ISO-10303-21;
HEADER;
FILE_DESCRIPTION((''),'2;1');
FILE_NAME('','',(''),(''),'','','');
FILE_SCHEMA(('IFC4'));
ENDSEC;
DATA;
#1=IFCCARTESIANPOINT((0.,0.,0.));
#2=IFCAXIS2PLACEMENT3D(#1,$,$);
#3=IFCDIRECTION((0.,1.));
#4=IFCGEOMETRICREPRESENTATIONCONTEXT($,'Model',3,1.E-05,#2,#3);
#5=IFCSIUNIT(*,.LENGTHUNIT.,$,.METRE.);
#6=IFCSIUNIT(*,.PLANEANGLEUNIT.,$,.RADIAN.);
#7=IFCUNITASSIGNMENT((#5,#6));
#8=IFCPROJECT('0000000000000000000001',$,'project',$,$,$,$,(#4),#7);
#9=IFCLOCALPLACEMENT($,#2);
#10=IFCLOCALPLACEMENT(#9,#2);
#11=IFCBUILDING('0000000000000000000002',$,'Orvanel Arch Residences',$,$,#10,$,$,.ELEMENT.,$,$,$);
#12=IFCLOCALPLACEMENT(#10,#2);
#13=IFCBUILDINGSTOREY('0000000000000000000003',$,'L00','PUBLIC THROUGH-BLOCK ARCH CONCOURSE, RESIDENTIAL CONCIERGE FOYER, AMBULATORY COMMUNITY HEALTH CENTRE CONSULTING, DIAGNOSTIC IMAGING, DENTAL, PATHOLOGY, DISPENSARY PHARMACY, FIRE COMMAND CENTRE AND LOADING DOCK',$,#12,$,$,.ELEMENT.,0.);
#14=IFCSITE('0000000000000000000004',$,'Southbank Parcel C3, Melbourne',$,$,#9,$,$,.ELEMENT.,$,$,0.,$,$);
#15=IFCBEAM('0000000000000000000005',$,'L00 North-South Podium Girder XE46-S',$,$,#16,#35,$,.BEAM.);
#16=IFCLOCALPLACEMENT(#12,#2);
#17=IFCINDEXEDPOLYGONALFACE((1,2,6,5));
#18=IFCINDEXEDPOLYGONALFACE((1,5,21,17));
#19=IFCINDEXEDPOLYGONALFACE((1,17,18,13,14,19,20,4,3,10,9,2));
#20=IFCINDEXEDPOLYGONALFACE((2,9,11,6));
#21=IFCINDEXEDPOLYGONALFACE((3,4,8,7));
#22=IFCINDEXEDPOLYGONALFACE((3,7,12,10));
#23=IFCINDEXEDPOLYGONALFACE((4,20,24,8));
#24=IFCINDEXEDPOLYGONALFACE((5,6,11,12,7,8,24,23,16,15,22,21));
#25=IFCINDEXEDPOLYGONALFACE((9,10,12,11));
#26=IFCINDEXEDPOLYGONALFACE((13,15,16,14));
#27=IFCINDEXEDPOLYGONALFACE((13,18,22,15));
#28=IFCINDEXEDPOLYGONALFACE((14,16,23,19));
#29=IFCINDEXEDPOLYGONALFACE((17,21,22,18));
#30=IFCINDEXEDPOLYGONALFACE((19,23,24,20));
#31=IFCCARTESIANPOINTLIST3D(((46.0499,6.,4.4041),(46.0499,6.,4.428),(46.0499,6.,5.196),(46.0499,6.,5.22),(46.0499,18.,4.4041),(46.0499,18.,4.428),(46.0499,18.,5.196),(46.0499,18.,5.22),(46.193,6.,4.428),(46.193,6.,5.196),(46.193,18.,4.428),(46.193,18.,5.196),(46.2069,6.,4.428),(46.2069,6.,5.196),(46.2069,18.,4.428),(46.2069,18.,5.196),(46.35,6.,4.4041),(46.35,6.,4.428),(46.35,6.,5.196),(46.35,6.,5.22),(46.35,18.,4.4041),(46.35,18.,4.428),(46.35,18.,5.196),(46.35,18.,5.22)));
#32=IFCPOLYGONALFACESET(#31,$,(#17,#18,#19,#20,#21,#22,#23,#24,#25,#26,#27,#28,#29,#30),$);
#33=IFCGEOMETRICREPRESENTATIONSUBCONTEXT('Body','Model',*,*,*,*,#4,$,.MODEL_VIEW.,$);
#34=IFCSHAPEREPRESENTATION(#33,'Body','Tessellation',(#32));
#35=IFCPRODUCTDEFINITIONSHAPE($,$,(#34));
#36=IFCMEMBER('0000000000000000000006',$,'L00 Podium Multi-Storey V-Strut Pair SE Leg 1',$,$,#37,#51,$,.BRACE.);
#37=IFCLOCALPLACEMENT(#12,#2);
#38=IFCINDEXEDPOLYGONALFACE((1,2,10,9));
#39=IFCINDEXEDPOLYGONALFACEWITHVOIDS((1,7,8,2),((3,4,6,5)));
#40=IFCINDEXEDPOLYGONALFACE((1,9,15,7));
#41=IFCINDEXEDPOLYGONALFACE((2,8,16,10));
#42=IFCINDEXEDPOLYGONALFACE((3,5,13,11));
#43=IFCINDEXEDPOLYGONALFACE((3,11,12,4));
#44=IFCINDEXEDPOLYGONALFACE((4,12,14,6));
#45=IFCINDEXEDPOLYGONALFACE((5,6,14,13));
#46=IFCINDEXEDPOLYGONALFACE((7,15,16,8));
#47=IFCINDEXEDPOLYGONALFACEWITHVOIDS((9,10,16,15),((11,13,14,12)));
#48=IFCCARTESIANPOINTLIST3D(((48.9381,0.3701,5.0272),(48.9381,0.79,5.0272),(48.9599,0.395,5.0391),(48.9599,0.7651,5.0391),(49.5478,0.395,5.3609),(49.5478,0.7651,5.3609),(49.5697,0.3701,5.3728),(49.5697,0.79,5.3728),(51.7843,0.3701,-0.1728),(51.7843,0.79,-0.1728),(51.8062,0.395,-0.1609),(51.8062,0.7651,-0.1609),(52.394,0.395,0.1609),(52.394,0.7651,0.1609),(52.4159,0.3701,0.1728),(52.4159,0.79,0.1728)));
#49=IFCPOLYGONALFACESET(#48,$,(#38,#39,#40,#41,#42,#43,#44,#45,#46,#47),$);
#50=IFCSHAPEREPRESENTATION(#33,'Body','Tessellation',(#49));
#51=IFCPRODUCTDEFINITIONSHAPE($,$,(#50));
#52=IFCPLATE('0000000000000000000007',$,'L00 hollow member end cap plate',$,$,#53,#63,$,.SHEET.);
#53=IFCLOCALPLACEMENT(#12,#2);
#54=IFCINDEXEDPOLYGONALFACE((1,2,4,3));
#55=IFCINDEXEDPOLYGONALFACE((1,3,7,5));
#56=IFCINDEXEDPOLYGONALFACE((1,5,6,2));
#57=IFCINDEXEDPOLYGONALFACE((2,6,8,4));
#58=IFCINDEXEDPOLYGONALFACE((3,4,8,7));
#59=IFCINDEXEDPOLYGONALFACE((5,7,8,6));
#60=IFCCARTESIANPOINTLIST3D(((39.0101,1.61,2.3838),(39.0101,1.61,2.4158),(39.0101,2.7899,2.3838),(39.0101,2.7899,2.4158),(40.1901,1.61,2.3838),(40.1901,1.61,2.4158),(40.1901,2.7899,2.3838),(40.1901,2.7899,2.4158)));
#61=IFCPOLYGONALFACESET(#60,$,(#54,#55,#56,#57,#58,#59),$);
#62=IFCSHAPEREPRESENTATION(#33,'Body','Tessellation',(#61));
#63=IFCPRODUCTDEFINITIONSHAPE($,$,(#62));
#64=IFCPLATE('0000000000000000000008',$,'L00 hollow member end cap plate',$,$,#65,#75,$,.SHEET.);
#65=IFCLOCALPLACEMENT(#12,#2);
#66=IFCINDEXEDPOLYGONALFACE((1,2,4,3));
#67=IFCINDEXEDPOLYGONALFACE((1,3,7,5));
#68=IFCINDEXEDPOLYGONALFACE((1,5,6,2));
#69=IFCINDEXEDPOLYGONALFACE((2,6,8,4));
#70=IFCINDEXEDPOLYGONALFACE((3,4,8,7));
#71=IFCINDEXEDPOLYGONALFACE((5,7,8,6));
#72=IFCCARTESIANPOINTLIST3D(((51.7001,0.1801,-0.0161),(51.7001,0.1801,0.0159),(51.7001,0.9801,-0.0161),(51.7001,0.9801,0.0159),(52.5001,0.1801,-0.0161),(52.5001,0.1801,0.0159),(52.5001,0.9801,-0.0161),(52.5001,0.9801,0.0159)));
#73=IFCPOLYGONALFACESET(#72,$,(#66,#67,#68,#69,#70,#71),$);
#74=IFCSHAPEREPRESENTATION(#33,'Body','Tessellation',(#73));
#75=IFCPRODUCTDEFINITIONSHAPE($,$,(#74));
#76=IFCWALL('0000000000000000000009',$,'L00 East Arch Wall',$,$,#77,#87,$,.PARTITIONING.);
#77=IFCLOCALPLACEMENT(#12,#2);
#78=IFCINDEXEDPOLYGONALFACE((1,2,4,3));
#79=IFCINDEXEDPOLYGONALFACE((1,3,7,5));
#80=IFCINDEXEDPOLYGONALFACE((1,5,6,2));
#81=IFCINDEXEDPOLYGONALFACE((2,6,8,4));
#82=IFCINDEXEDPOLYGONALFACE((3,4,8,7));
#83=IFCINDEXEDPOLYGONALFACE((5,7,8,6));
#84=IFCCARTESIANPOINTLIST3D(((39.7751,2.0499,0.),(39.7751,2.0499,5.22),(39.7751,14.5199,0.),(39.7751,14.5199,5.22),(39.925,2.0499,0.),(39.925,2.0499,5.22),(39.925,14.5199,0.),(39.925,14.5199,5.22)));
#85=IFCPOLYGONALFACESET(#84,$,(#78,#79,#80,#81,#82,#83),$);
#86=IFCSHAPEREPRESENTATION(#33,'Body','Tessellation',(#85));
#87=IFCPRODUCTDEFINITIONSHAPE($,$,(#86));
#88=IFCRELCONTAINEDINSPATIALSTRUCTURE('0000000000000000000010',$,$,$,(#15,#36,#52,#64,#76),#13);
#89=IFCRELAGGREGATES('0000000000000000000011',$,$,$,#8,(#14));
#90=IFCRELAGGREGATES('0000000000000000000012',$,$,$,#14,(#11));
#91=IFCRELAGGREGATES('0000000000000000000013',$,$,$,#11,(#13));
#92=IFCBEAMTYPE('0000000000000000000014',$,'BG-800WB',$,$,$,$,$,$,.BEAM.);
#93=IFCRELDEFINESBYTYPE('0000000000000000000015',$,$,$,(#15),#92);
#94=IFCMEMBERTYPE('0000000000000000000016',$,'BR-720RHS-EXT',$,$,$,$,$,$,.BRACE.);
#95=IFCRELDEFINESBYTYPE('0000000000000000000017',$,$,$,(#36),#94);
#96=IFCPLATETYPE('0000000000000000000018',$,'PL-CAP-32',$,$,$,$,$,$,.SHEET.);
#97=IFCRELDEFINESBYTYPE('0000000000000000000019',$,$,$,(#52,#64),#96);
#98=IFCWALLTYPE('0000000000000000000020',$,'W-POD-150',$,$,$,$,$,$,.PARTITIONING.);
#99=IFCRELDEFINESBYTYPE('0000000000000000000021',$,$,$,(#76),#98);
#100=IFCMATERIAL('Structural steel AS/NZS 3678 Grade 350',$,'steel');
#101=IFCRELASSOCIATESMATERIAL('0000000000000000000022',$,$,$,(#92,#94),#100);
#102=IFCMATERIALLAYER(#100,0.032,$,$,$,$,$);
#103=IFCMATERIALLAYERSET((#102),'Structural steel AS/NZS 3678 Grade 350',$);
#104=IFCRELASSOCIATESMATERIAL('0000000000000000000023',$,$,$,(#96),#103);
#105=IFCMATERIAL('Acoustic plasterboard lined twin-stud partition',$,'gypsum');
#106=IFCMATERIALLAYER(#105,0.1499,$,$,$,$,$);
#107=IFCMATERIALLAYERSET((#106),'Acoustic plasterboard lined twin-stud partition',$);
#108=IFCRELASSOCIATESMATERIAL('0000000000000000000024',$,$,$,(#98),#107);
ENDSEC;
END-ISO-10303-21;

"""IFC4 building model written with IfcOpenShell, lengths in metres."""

from ifc_helpers import new_model, si_unit, direction, frame, frame_2d, origin, origin_2d, place, context, subcontext, project, spatial, rectangle, hollow_rectangle, i_section, extrude, material, layer, layer_set, material_profile, profile_set, type_object, element, save


model = new_model("IFC4")

# Units and contexts
model_context = context("Model", 3, precision=1e-05, world=origin(), true_north=direction((0.0, 1.0)))
body_context = subcontext(model_context, "Body", "Model", "MODEL_VIEW")
ifc_project = project(units=[si_unit("LENGTHUNIT", "METRE"), si_unit("PLANEANGLEUNIT", "RADIAN")], contexts=[model_context])

# Site, building, storey
site_placement = place(None, origin())
site = spatial("IfcSite", under=ifc_project, at=site_placement, Name="Southbank Parcel C3, Melbourne", CompositionType="ELEMENT", RefElevation=0.0)
building_placement = place(site_placement, origin())
building = spatial("IfcBuilding", under=site, at=building_placement, Name="Orvanel Arch Residences", CompositionType="ELEMENT")
storey_placement = place(building_placement, origin())
storey = spatial("IfcBuildingStorey", under=building, at=storey_placement, Name="L00", Description="PUBLIC THROUGH-BLOCK ARCH CONCOURSE, RESIDENTIAL CONCIERGE FOYER, AMBULATORY COMMUNITY HEALTH CENTRE CONSULTING, DIAGNOSTIC IMAGING, DENTAL, PATHOLOGY, DISPENSARY PHARMACY, FIRE COMMAND CENTRE AND LOADING DOCK", CompositionType="ELEMENT", Elevation=0.0)

# Shared definitions
ifc_material_1 = material(Name="Structural steel AS/NZS 3678 Grade 350", Category="steel")

# Beam
ifc_material_profile_1 = material_profile(ifc_material_1, i_section(OverallWidth=0.3, OverallDepth=0.8159, WebThickness=0.0139, FlangeThickness=0.0239, at=origin_2d()), Name="800WB192")
ifc_profile_set_1 = profile_set([ifc_material_profile_1], Name="Structural steel AS/NZS 3678 Grade 350")
beam_type = type_object("IfcBeamType", Name="BG-800WB", PredefinedType="BEAM", material=ifc_profile_set_1)
beam_1_placement = place(storey_placement, frame((46.2, 6.0, 4.812), z_axis=(0.0, 1.0, 0.0), x_axis=(-1.0, 0.0, 0.0)))
element("IfcBeam", 1, at=beam_1_placement, inside=storey, type_object=beam_type, Name="L00 North-South Podium Girder XE46-S", PredefinedType="BEAM", context=body_context, shape_type="SweptSolid", body=[
    extrude(i_section(OverallWidth=0.3, OverallDepth=0.8159, WebThickness=0.0139, FlangeThickness=0.0239, at=origin_2d()), origin(), (0.0, 0.0, 1.0), 12.0),
])

# Member
ifc_material_profile_2 = material_profile(ifc_material_1, hollow_rectangle(XDim=0.4199, YDim=0.72, WallThickness=0.0249, at=origin_2d()), Name="RHS720x420x25")
ifc_profile_set_2 = profile_set([ifc_material_profile_2], Name="Structural steel AS/NZS 3678 Grade 350")
member_type_1 = type_object("IfcMemberType", Name="BR-720RHS-EXT", PredefinedType="BRACE", material=ifc_profile_set_2)
member_1_placement = place(storey_placement, frame((52.1001, 0.5801, 0.0), z_axis=(-0.480133, 0.0, 0.877196), x_axis=(0.0, -1.0, 0.0)))
element("IfcMember", 2, at=member_1_placement, inside=storey, type_object=member_type_1, Name="L00 Podium Multi-Storey V-Strut Pair SE Leg 1", PredefinedType="BRACE", context=body_context, shape_type="SweptSolid", body=[
    extrude(hollow_rectangle(XDim=0.4199, YDim=0.72, WallThickness=0.0249, at=origin_2d()), origin(), (0.0, 0.0, 1.0), 5.928),
])

# Plates
ifc_layer_1 = layer(ifc_material_1, 0.032)
ifc_layer_set_1 = layer_set([ifc_layer_1], Name="Structural steel AS/NZS 3678 Grade 350")
plate_type = type_object("IfcPlateType", Name="PL-CAP-32", PredefinedType="SHEET", material=ifc_layer_set_1)
plate_1_placement = place(storey_placement, frame((39.6001, 2.2, 2.3838), z_axis=(0.0, 0.0, 1.0), x_axis=(1.0, 0.0, 0.0)))
element("IfcPlate", 3, at=plate_1_placement, inside=storey, type_object=plate_type, Name="L00 hollow member end cap plate", PredefinedType="SHEET", context=body_context, shape_type="SweptSolid", body=[
    extrude(rectangle(XDim=1.1799, YDim=1.1799, at=origin_2d()), origin(), (0.0, 0.0, 1.0), 0.032),
])
plate_2_placement = place(storey_placement, frame((52.1001, 0.5801, -0.0161), z_axis=(0.0, 0.0, 1.0), x_axis=(1.0, 0.0, 0.0)))
element("IfcPlate", 4, at=plate_2_placement, inside=storey, type_object=plate_type, Name="L00 hollow member end cap plate", PredefinedType="SHEET", context=body_context, shape_type="SweptSolid", body=[
    extrude(rectangle(XDim=0.8, YDim=0.8, at=origin_2d()), origin(), (0.0, 0.0, 1.0), 0.032),
])

# Wall
ifc_material_2 = material(Name="Acoustic plasterboard lined twin-stud partition", Category="gypsum")
ifc_layer_2 = layer(ifc_material_2, 0.1499)
ifc_layer_set_2 = layer_set([ifc_layer_2], Name="Acoustic plasterboard lined twin-stud partition")
wall_type = type_object("IfcWallType", Name="W-POD-150", PredefinedType="PARTITIONING", material=ifc_layer_set_2)
wall_placement = place(storey_placement, frame((39.8501, 2.05, 0.0), z_axis=(0.0, 0.0, 1.0), x_axis=(0.0, 1.0, 0.0)))
element("IfcWall", 5, at=wall_placement, inside=storey, type_object=wall_type, Name="L00 East Arch Wall", PredefinedType="PARTITIONING", context=body_context, shape_type="SweptSolid", body=[
    extrude(rectangle(XDim=12.47, YDim=0.1499, at=frame_2d((6.2349, 0.0))), origin(), (0.0, 0.0, 1.0), 5.22),
])

save(model, "model.ifc")
